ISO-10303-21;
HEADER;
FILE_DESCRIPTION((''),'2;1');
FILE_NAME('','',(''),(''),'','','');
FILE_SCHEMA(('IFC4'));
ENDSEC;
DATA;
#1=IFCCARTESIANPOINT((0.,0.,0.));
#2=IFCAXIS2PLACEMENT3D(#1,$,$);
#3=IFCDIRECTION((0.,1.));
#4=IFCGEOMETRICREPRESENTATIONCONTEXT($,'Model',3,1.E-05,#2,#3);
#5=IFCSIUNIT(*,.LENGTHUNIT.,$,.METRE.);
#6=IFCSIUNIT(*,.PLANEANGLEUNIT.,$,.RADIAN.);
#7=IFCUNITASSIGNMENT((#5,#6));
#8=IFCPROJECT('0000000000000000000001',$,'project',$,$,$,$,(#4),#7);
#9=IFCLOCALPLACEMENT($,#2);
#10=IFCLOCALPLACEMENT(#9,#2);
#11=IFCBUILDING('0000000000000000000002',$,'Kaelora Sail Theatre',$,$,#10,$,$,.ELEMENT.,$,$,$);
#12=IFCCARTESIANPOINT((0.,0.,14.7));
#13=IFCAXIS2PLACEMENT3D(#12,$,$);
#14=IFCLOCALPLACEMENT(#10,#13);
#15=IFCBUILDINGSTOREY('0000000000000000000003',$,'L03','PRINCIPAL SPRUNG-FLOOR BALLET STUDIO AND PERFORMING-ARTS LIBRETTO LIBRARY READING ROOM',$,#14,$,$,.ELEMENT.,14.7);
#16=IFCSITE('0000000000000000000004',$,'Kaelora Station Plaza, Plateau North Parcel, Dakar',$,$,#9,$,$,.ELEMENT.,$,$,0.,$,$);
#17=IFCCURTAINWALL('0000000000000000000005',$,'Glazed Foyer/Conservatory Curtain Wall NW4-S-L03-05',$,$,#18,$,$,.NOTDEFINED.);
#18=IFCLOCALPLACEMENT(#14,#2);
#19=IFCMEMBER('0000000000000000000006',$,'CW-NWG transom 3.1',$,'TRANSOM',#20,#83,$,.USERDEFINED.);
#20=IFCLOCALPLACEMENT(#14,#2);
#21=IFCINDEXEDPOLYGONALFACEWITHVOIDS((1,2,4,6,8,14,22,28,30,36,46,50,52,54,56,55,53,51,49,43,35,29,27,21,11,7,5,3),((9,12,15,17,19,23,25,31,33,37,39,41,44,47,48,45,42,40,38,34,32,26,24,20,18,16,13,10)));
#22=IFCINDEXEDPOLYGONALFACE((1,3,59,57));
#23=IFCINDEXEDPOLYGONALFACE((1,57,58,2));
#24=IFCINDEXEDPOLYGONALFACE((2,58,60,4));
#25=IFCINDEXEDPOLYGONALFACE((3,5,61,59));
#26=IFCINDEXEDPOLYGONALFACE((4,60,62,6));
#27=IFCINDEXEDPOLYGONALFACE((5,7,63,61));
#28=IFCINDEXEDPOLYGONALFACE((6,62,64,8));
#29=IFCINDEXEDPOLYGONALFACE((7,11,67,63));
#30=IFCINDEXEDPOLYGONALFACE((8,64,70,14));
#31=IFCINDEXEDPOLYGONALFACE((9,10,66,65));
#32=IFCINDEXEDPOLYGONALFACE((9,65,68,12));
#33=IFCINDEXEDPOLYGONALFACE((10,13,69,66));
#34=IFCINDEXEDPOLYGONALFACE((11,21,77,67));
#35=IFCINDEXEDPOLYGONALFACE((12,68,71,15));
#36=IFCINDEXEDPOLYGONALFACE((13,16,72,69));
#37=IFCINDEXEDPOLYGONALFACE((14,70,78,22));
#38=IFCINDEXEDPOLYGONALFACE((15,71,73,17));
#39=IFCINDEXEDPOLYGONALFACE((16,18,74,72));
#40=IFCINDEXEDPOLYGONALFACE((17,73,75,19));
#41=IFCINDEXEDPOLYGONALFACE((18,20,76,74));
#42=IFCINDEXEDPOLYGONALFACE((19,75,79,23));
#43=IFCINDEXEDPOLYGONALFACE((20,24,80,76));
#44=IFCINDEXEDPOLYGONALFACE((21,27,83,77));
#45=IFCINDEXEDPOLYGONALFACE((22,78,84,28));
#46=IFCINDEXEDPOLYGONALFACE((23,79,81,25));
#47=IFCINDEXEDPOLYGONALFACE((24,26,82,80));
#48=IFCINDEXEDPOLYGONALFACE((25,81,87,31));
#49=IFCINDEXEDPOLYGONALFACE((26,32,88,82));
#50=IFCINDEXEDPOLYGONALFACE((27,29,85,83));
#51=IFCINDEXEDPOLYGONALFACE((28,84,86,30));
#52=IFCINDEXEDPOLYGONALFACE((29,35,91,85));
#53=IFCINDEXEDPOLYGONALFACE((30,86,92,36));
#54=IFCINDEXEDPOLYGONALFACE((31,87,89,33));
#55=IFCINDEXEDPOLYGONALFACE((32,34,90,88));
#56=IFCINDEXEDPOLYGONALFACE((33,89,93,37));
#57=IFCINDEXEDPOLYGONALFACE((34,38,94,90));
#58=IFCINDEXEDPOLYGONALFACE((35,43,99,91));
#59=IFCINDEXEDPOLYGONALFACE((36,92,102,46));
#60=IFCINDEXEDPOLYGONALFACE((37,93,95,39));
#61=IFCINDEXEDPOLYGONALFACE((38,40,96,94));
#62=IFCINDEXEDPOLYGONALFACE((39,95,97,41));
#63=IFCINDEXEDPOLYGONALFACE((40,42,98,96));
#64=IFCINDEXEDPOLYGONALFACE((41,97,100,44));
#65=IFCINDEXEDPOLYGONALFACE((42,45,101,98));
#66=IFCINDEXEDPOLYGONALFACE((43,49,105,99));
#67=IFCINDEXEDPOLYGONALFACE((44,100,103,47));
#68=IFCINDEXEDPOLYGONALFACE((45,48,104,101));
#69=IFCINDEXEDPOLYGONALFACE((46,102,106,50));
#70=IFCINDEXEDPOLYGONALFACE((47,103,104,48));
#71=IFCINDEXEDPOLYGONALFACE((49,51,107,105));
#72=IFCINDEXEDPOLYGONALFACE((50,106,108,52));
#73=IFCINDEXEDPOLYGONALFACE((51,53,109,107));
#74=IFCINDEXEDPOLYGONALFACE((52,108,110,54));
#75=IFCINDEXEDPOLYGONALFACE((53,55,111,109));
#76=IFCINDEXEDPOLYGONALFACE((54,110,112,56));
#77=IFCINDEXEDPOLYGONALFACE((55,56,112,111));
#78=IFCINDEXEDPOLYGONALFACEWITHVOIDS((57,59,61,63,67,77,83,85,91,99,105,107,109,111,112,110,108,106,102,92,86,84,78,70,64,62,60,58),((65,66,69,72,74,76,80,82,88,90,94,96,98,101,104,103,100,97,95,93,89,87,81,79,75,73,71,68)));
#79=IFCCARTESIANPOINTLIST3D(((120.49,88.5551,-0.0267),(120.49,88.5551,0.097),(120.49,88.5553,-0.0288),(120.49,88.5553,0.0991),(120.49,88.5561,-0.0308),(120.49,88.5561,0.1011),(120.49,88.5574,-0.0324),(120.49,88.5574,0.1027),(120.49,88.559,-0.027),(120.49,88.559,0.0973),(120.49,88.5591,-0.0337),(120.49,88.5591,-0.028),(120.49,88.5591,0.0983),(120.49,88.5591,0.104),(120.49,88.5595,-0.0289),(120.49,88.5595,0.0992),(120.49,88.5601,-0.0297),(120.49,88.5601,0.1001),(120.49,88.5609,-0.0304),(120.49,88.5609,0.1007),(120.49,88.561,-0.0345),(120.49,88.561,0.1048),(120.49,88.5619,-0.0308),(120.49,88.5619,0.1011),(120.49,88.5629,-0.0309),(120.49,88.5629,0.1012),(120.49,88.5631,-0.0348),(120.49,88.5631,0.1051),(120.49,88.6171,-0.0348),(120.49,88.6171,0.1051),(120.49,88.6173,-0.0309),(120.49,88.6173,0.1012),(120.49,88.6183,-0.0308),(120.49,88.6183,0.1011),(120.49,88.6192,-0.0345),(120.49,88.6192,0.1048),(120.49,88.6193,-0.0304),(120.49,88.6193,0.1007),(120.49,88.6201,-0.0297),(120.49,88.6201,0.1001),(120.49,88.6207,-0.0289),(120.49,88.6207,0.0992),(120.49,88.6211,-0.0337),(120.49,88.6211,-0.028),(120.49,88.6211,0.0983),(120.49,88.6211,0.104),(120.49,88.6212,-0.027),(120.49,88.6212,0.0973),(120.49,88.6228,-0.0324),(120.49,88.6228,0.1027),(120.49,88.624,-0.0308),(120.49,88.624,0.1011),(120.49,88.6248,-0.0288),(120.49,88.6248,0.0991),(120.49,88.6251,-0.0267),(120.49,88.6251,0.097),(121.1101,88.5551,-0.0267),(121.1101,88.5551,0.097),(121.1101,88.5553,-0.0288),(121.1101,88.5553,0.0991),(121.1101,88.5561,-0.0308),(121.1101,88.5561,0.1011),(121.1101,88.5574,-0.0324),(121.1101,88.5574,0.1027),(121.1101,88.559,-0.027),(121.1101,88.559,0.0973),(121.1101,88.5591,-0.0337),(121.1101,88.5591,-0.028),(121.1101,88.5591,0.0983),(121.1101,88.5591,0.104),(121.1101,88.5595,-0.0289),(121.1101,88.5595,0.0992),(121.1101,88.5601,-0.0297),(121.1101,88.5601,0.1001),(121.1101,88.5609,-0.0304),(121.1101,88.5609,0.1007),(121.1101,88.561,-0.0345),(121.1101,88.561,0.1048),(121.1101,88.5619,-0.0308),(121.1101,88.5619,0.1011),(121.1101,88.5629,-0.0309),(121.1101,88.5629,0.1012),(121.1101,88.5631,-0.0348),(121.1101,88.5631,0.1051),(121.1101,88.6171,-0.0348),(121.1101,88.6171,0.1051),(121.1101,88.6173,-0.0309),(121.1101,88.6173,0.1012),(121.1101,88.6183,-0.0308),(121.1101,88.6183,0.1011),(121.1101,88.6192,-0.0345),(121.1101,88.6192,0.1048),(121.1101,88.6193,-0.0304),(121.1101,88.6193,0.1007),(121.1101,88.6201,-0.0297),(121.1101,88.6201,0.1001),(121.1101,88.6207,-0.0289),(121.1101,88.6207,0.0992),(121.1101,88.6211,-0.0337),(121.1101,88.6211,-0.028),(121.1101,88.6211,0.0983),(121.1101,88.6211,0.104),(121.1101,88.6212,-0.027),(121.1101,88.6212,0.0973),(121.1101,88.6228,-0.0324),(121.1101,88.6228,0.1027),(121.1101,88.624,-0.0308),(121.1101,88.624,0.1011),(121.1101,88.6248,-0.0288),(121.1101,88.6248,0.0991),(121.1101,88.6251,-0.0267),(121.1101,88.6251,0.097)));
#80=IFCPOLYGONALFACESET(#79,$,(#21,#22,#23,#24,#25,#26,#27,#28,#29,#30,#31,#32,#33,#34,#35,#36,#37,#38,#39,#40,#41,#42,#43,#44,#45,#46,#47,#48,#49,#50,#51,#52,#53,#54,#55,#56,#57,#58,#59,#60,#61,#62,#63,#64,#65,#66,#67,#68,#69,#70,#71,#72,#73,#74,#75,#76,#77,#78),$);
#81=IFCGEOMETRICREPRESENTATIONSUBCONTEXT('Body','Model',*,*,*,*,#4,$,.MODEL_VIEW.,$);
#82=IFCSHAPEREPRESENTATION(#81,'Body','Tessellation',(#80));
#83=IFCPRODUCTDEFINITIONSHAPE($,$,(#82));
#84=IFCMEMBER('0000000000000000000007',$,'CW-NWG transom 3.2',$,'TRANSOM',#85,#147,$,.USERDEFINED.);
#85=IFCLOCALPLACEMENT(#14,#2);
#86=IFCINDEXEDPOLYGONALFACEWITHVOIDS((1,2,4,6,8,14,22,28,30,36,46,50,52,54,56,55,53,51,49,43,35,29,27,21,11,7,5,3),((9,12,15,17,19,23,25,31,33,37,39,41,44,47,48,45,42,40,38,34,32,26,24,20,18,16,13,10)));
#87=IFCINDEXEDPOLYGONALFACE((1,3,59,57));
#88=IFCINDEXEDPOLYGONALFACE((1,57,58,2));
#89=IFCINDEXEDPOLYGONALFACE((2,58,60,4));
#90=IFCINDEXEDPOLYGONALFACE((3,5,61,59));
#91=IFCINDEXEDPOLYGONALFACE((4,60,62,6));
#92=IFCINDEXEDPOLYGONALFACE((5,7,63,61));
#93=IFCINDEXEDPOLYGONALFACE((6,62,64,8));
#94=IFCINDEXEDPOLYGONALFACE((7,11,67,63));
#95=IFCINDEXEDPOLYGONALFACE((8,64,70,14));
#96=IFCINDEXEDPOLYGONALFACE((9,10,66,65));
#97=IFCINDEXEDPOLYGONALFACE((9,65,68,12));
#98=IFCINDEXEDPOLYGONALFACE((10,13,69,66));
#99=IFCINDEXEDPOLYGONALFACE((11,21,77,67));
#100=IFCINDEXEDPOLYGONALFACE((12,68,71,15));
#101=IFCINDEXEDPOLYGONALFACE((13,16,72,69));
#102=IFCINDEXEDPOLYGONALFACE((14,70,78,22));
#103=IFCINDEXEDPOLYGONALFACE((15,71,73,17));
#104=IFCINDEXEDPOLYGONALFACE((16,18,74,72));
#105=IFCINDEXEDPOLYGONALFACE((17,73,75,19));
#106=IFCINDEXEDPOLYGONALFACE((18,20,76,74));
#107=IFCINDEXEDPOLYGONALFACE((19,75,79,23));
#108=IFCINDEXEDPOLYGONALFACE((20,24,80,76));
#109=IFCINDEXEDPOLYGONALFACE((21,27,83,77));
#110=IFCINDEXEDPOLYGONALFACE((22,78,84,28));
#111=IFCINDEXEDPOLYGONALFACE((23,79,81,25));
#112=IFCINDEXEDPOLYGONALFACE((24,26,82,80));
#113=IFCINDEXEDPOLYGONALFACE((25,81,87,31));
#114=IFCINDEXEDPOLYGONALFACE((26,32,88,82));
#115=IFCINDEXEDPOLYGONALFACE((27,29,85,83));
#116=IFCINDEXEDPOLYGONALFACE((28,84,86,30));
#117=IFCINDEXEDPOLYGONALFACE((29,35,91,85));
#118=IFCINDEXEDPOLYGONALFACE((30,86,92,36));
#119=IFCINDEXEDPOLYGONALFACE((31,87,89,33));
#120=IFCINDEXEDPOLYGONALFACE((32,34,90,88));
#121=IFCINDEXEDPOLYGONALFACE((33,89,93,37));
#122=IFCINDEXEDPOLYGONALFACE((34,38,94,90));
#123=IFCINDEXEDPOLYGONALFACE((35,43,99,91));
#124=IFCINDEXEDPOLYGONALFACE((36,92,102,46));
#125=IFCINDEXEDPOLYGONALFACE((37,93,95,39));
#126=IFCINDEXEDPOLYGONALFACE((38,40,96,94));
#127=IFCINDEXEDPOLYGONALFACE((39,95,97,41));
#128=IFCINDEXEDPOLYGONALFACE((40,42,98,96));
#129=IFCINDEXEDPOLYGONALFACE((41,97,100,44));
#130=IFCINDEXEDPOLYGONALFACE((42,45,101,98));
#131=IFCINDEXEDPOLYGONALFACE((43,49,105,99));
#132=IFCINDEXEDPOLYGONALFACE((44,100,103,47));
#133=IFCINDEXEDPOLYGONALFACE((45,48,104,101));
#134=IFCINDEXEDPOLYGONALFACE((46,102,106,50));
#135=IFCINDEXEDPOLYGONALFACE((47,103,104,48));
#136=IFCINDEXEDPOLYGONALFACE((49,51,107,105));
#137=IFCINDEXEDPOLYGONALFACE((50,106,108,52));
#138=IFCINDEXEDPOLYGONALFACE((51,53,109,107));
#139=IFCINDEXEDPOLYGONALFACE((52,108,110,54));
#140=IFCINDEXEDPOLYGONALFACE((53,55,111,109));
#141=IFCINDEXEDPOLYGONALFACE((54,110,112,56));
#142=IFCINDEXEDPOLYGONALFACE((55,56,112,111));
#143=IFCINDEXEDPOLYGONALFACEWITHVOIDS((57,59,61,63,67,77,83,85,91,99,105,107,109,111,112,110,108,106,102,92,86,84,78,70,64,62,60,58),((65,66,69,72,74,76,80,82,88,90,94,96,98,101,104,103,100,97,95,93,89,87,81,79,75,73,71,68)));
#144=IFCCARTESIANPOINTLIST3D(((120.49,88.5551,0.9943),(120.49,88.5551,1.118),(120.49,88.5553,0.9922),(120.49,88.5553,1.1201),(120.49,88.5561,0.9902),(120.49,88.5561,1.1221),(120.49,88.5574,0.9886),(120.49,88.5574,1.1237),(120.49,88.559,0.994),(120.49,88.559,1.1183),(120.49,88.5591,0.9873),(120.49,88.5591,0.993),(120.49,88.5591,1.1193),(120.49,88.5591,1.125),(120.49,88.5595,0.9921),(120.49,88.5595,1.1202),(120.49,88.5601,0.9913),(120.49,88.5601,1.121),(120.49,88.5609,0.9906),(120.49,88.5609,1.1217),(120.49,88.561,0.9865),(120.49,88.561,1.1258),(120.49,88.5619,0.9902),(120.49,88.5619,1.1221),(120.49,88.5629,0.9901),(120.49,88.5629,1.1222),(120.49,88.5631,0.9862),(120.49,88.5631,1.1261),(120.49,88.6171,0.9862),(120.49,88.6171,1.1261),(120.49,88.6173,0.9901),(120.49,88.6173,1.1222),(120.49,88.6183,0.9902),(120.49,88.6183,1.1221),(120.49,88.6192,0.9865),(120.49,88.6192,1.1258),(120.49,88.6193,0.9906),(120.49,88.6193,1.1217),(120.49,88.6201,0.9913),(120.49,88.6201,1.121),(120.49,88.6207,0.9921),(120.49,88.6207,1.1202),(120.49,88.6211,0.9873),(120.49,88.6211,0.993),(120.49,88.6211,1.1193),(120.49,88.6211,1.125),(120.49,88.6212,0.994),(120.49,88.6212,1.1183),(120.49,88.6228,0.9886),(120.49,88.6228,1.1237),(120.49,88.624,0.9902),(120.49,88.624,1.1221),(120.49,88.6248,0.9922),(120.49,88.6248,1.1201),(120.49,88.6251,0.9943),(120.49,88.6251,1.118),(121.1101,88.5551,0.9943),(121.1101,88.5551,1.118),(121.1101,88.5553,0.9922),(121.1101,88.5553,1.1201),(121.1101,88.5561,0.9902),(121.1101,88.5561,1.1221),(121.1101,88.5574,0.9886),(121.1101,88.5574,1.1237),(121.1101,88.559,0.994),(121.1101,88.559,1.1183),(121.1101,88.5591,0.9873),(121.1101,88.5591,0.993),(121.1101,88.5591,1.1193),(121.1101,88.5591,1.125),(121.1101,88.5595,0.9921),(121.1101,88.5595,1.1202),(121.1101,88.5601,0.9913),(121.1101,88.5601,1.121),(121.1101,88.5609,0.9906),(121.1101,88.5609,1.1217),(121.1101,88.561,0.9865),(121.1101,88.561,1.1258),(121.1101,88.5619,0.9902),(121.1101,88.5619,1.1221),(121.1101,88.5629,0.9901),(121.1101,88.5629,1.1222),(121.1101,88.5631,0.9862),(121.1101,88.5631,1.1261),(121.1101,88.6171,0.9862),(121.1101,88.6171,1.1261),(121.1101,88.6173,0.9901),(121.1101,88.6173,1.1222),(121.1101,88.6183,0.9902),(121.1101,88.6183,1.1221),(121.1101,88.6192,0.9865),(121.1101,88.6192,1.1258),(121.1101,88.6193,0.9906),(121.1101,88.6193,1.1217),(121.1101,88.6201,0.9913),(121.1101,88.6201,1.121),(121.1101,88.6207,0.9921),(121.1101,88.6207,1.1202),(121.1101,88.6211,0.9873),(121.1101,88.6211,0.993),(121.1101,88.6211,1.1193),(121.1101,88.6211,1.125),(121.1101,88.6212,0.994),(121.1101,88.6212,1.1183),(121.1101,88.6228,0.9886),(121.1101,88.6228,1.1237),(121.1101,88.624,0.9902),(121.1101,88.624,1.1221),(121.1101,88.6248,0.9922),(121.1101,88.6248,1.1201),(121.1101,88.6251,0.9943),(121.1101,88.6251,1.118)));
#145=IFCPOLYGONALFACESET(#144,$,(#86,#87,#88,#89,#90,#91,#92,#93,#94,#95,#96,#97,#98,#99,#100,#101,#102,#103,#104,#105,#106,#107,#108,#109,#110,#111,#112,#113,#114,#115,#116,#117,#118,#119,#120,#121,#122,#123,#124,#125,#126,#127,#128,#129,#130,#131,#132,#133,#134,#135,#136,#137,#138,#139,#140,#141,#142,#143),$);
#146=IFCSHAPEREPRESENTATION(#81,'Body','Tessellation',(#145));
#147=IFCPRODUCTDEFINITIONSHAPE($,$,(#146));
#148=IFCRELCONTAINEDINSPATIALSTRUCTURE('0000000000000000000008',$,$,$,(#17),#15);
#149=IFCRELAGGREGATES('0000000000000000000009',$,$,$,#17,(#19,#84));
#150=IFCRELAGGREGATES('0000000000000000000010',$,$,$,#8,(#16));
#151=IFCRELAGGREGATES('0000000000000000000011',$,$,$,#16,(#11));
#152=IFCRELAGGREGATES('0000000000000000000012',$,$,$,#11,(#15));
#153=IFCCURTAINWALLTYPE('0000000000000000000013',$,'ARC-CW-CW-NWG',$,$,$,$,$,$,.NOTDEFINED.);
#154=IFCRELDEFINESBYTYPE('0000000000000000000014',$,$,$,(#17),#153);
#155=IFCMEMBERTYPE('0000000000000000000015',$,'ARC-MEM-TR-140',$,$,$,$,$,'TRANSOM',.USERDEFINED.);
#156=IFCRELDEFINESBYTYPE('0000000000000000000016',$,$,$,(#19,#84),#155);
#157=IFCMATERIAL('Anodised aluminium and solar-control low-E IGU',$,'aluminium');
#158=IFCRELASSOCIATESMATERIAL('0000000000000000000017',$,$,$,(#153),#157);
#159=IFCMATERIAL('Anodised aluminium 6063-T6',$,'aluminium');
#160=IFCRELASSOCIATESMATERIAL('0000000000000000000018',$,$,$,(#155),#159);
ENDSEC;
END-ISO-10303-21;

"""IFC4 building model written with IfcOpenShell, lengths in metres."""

from ifc_helpers import new_model, si_unit, direction, frame, origin, origin_2d, place, context, subcontext, project, spatial, hollow_rectangle, extrude, material, material_profile, profile_set, type_object, element, aggregate, save


model = new_model("IFC4")

# Units and contexts
model_context = context("Model", 3, precision=1e-05, world=origin(), true_north=direction((0.0, 1.0)))
body_context = subcontext(model_context, "Body", "Model", "MODEL_VIEW")
ifc_project = project(units=[si_unit("LENGTHUNIT", "METRE"), si_unit("PLANEANGLEUNIT", "RADIAN")], contexts=[model_context])

# Site, building, storey
site_placement = place(None, origin())
site = spatial("IfcSite", under=ifc_project, at=site_placement, Name="Kaelora Station Plaza, Plateau North Parcel, Dakar", CompositionType="ELEMENT", RefElevation=0.0)
building_placement = place(site_placement, origin())
building = spatial("IfcBuilding", under=site, at=building_placement, Name="Kaelora Sail Theatre", CompositionType="ELEMENT")
storey_placement = place(building_placement, frame((0.0, 0.0, 14.7)))
storey = spatial("IfcBuildingStorey", under=building, at=storey_placement, Name="L03", Description="PRINCIPAL SPRUNG-FLOOR BALLET STUDIO AND PERFORMING-ARTS LIBRETTO LIBRARY READING ROOM", CompositionType="ELEMENT", Elevation=14.7)

# Curtain wall
ifc_material_1 = material(Name="Anodised aluminium and solar-control low-E IGU", Category="aluminium")
curtain_wall_type = type_object("IfcCurtainWallType", Name="ARC-CW-CW-NWG", PredefinedType="NOTDEFINED", material=ifc_material_1)
curtain_wall_1_placement = place(storey_placement, origin())
curtain_wall_1 = element("IfcCurtainWall", 1, at=curtain_wall_1_placement, inside=storey, type_object=curtain_wall_type, Name="Glazed Foyer/Conservatory Curtain Wall NW4-S-L03-05", PredefinedType="NOTDEFINED")

# Members
ifc_material_2 = material(Name="Anodised aluminium 6063-T6", Category="aluminium")
ifc_material_profile_1 = material_profile(ifc_material_2, hollow_rectangle(XDim=0.0701, YDim=0.1399, WallThickness=0.0039, InnerFilletRadius=0.0039, OuterFilletRadius=0.0081, at=origin_2d()), Name="ALU-TRAN 70x140x4")
ifc_profile_set_1 = profile_set([ifc_material_profile_1], Name="Anodised aluminium 6063-T6")
member_type_1 = type_object("IfcMemberType", Name="ARC-MEM-TR-140", ElementType="TRANSOM", PredefinedType="USERDEFINED", material=ifc_profile_set_1)
member_1_placement = place(storey_placement, frame((120.49, 88.5901, 0.0352), z_axis=(1.0, 0.0, 0.0), x_axis=(0.0, 1.0, 0.0)))
member_1 = element("IfcMember", 2, at=member_1_placement, type_object=member_type_1, Name="CW-NWG transom 3.1", ObjectType="TRANSOM", PredefinedType="USERDEFINED", context=body_context, shape_type="SweptSolid", body=[
    extrude(hollow_rectangle(XDim=0.0701, YDim=0.1399, WallThickness=0.0039, InnerFilletRadius=0.0039, OuterFilletRadius=0.0081, at=origin_2d()), origin(), (0.0, 0.0, 1.0), 0.6201),
])
member_2_placement = place(storey_placement, frame((120.49, 88.5901, 1.0562), z_axis=(1.0, 0.0, 0.0), x_axis=(0.0, 1.0, 0.0)))
member_2 = element("IfcMember", 3, at=member_2_placement, type_object=member_type_1, Name="CW-NWG transom 3.2", ObjectType="TRANSOM", PredefinedType="USERDEFINED", context=body_context, shape_type="SweptSolid", body=[
    extrude(hollow_rectangle(XDim=0.0701, YDim=0.1399, WallThickness=0.0039, InnerFilletRadius=0.0039, OuterFilletRadius=0.0081, at=origin_2d()), origin(), (0.0, 0.0, 1.0), 0.6201),
])

aggregate(curtain_wall_1, [member_1, member_2])

save(model, "model.ifc")
